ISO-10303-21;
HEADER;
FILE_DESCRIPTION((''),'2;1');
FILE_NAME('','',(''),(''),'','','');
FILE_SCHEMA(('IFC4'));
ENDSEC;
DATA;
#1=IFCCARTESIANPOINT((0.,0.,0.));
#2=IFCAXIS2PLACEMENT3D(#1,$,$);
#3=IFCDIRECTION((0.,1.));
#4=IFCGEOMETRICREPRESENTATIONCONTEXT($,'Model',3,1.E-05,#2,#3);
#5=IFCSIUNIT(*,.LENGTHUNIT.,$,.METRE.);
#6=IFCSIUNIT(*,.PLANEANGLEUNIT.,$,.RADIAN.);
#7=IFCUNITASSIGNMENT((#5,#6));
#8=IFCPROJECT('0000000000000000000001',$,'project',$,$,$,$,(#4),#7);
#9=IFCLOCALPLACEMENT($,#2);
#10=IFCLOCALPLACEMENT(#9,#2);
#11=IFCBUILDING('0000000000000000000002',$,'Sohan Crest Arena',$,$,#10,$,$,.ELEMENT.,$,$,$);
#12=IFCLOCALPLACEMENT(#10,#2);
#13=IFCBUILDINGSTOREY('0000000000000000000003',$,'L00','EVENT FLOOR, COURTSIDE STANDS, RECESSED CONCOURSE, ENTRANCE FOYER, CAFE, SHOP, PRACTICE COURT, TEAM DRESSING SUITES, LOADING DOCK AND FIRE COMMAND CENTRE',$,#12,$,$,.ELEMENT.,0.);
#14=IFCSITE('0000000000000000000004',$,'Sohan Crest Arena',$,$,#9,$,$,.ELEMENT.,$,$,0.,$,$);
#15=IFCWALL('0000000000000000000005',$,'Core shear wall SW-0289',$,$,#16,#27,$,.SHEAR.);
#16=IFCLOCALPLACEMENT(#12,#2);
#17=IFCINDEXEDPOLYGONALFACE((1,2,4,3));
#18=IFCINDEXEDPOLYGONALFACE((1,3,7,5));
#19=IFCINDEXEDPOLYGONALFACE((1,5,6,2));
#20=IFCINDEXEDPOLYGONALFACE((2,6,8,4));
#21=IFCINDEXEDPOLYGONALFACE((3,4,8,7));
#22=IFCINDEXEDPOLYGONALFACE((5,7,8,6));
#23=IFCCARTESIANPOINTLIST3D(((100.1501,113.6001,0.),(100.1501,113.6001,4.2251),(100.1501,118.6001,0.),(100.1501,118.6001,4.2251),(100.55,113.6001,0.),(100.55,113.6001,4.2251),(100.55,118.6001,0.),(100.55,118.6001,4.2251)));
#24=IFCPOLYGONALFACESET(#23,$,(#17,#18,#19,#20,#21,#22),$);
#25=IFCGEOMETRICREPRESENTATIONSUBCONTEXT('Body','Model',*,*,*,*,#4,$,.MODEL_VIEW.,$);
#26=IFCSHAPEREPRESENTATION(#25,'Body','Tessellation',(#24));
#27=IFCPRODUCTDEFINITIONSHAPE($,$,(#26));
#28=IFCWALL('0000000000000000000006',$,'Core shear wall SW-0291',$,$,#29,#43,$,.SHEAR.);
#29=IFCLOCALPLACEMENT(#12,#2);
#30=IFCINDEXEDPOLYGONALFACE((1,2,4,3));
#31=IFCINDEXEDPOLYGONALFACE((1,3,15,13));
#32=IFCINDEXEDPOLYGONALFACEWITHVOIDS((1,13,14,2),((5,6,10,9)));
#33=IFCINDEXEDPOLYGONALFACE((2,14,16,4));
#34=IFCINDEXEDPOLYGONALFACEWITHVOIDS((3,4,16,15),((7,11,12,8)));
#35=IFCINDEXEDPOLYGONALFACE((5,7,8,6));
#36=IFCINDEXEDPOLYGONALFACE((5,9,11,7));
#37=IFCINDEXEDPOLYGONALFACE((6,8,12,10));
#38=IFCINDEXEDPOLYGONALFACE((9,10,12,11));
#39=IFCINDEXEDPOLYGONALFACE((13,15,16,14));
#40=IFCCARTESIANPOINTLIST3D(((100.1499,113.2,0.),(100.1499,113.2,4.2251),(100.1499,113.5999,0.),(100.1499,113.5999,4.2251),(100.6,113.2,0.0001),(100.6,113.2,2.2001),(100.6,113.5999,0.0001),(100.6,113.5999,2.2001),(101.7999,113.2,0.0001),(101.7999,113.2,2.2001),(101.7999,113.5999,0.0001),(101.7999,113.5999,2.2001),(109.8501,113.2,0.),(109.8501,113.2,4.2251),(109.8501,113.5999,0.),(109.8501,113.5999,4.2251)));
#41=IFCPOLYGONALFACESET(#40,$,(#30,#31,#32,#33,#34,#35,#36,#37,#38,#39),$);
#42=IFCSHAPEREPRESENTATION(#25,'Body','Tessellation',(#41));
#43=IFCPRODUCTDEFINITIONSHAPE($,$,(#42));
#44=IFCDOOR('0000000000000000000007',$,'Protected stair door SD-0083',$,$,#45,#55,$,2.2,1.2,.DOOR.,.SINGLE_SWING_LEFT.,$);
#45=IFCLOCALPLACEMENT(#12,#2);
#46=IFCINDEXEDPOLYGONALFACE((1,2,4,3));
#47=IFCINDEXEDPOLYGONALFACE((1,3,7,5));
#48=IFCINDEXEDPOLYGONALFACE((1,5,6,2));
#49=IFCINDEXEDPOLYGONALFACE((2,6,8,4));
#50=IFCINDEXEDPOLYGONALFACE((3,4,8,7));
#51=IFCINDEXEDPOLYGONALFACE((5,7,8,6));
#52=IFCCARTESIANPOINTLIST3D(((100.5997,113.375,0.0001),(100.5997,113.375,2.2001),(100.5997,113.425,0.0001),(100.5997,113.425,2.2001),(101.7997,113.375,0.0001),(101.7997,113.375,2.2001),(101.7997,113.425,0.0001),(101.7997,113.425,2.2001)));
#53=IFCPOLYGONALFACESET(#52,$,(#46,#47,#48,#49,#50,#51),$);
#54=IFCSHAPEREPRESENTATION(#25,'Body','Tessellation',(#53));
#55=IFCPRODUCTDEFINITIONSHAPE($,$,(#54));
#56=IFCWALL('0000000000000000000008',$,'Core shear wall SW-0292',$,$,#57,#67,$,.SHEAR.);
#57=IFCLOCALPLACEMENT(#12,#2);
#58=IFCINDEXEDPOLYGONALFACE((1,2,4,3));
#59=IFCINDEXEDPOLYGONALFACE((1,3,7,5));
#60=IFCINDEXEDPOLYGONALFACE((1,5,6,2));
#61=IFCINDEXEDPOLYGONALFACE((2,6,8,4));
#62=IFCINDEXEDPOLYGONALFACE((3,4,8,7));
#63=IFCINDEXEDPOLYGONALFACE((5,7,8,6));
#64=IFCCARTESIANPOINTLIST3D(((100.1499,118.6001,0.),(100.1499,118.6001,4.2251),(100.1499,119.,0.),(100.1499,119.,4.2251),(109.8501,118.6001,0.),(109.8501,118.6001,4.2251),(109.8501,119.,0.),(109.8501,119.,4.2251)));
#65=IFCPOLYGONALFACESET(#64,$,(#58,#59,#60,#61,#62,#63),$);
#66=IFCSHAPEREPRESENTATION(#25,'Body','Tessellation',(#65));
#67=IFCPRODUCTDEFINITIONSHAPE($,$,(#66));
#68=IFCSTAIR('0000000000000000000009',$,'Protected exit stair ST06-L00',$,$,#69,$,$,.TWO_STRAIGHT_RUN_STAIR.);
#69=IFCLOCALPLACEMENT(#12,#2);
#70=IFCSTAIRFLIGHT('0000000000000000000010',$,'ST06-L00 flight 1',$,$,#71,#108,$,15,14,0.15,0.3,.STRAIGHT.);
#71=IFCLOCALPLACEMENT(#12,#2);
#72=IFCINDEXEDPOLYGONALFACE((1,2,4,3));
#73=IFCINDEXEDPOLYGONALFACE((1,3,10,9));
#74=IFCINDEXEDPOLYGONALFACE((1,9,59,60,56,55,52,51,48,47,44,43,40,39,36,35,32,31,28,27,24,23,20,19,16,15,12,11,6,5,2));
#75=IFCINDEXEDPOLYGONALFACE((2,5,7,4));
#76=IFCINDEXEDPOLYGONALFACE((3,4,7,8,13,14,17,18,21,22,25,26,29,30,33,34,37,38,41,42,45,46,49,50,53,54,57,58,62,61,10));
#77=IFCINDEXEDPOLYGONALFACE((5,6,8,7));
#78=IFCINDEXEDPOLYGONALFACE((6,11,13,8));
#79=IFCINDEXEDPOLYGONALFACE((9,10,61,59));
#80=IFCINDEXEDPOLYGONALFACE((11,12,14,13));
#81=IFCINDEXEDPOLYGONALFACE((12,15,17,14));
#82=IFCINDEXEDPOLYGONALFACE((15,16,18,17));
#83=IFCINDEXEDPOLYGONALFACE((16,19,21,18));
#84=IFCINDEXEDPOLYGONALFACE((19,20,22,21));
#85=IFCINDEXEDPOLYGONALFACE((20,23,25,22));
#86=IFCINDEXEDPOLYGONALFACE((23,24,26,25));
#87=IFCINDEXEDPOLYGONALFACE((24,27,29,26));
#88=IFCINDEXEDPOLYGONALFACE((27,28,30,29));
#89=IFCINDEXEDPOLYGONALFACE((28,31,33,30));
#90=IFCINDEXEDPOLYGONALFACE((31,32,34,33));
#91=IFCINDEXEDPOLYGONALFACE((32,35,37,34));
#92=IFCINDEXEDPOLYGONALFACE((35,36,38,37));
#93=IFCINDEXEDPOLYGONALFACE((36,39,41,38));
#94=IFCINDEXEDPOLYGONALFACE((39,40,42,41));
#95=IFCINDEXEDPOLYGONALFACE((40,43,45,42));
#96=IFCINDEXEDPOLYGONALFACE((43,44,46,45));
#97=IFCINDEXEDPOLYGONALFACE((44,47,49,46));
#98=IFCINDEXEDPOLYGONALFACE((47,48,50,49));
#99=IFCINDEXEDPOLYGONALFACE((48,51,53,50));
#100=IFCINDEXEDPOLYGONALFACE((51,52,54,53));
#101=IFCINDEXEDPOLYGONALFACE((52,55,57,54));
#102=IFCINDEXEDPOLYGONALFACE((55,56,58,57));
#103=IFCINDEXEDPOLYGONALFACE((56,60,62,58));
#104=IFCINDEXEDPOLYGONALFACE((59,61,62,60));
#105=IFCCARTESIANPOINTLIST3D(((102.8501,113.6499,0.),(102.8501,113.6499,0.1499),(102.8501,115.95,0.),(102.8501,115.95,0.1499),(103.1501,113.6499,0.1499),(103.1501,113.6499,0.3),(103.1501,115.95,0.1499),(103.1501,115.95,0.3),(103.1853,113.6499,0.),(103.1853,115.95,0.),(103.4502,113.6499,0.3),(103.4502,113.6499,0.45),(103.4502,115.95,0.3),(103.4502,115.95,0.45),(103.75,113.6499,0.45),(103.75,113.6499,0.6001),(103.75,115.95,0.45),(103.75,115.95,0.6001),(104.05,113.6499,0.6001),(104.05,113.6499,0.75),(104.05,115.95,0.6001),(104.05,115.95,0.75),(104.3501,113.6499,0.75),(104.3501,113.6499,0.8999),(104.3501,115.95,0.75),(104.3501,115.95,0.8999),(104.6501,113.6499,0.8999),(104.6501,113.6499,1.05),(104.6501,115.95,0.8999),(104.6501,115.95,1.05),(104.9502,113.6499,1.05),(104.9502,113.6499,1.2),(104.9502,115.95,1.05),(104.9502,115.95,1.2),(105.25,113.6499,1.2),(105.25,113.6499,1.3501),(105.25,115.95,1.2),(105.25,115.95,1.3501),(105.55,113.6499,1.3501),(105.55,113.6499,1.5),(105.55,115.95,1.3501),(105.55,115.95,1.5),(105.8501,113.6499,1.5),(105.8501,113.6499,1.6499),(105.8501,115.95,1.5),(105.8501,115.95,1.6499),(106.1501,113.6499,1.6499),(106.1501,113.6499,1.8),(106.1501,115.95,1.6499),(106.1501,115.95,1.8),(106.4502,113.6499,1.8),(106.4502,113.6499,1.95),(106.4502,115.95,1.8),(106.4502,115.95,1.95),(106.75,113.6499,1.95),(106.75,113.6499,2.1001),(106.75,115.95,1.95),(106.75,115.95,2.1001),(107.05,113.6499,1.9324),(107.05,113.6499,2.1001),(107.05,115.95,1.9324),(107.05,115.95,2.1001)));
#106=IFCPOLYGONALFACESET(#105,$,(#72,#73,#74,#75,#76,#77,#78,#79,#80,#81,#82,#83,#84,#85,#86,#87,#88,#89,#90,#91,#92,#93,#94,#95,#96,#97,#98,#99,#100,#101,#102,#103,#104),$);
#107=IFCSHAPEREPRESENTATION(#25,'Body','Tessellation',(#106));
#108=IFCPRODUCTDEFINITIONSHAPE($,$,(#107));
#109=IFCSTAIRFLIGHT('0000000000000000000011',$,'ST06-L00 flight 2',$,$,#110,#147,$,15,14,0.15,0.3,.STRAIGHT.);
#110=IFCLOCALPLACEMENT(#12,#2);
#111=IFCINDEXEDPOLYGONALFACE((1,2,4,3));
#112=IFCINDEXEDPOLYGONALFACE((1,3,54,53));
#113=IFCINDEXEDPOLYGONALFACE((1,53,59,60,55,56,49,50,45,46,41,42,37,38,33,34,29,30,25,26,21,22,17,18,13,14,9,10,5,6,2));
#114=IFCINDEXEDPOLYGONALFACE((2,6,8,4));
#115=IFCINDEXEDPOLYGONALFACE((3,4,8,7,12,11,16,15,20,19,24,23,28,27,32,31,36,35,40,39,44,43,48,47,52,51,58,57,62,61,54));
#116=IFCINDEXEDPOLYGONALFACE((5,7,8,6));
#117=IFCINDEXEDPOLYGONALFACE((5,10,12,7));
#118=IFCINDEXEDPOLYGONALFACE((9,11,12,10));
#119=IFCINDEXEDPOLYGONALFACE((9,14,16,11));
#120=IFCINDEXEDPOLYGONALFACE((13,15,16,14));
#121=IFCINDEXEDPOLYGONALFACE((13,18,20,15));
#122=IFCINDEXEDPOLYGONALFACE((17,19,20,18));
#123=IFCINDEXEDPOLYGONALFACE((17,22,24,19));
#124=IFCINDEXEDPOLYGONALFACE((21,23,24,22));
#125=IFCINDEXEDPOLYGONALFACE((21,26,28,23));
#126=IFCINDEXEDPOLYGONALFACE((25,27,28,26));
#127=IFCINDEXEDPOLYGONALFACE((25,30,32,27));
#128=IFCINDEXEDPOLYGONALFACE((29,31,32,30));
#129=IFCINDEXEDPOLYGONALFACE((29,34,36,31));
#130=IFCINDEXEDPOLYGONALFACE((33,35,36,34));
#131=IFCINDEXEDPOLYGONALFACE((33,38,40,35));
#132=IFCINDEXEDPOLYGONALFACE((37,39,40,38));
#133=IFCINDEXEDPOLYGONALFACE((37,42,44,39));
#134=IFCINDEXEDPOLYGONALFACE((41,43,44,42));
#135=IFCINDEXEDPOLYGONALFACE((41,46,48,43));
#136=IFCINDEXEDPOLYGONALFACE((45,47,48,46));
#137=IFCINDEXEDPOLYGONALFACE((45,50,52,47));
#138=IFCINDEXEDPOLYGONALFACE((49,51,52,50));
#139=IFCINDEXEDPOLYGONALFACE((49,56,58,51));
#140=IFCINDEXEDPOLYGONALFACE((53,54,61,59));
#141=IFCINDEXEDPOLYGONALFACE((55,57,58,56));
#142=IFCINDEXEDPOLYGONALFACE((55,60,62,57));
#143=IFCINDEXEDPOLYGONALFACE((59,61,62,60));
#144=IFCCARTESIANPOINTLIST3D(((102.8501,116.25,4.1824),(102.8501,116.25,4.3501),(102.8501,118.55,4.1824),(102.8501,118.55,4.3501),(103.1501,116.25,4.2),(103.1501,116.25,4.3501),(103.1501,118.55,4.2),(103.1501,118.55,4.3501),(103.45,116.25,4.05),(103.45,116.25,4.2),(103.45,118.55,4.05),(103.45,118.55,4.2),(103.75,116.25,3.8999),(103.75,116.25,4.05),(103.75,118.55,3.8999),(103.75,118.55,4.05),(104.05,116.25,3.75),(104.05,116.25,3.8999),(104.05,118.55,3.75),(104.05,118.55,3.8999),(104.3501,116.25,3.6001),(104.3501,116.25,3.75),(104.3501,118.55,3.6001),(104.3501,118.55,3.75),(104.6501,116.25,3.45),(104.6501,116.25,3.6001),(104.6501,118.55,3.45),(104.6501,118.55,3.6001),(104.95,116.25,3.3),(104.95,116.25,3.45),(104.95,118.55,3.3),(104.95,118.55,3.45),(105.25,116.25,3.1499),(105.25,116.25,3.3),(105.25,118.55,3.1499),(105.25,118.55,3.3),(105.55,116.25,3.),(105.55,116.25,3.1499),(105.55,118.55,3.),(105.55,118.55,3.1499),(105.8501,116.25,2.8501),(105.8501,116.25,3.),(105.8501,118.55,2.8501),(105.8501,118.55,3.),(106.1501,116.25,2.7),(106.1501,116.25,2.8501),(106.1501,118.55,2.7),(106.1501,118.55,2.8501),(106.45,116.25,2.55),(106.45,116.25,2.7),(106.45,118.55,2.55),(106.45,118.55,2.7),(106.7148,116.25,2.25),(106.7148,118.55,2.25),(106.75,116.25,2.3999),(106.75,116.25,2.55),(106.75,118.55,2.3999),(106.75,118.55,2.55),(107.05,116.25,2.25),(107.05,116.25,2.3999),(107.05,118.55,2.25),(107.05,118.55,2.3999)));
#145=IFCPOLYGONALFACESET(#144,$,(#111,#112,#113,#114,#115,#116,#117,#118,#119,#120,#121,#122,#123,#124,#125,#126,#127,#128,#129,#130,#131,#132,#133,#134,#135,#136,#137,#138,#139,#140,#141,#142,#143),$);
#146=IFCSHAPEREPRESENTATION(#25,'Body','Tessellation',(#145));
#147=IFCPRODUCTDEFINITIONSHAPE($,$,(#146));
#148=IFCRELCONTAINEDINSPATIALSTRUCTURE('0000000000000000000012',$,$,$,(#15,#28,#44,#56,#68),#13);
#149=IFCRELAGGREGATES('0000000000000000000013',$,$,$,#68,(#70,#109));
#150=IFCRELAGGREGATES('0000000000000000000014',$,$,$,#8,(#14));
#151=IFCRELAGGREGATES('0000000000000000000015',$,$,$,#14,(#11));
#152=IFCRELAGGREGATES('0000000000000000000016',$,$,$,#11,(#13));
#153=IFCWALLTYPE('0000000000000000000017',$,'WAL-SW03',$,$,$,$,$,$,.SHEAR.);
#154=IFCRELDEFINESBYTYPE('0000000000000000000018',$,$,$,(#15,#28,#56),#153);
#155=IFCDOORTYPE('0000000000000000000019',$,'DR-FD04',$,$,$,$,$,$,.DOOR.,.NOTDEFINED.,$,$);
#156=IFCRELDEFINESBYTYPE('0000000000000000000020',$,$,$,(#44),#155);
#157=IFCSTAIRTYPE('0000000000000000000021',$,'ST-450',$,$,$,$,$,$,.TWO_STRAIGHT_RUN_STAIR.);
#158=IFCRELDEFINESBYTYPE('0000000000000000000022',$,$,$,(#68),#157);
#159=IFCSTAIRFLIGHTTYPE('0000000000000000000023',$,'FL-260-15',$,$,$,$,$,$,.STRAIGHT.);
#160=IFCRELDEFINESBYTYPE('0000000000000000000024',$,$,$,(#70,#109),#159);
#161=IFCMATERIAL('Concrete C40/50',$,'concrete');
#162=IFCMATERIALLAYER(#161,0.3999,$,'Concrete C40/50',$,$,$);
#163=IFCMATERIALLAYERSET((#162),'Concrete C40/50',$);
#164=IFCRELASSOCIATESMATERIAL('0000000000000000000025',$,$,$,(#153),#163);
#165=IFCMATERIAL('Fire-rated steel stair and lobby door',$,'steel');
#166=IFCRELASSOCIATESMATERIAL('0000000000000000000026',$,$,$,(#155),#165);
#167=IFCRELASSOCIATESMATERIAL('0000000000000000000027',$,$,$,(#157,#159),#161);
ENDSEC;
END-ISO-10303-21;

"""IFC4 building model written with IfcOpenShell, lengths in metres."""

from ifc_helpers import new_model, si_unit, direction, frame, frame_2d, origin, place, context, subcontext, project, spatial, polyline, rectangle, outline, extrude, material, layer, layer_set, type_object, element, fill, aggregate, save


model = new_model("IFC4")

# Units and contexts
model_context = context("Model", 3, precision=1e-05, world=origin(), true_north=direction((0.0, 1.0)))
body_context = subcontext(model_context, "Body", "Model", "MODEL_VIEW")
ifc_project = project(units=[si_unit("LENGTHUNIT", "METRE"), si_unit("PLANEANGLEUNIT", "RADIAN")], contexts=[model_context])

# Site, building, storey
site_placement = place(None, origin())
site = spatial("IfcSite", under=ifc_project, at=site_placement, Name="Sohan Crest Arena", CompositionType="ELEMENT", RefElevation=0.0)
building_placement = place(site_placement, origin())
building = spatial("IfcBuilding", under=site, at=building_placement, Name="Sohan Crest Arena", CompositionType="ELEMENT")
storey_placement = place(building_placement, origin())
storey = spatial("IfcBuildingStorey", under=building, at=storey_placement, Name="L00", Description="EVENT FLOOR, COURTSIDE STANDS, RECESSED CONCOURSE, ENTRANCE FOYER, CAFE, SHOP, PRACTICE COURT, TEAM DRESSING SUITES, LOADING DOCK AND FIRE COMMAND CENTRE", CompositionType="ELEMENT", Elevation=0.0)

# Shared definitions
ifc_material_1 = material(Name="Concrete C40/50", Category="concrete")

# Wall
ifc_layer_1 = layer(ifc_material_1, 0.3999, Name="Concrete C40/50")
ifc_layer_set_1 = layer_set([ifc_layer_1], Name="Concrete C40/50")
wall_type_1 = type_object("IfcWallType", Name="WAL-SW03", PredefinedType="SHEAR", material=ifc_layer_set_1)
wall_1_placement = place(storey_placement, frame((100.3501, 113.6001, 0.0), z_axis=(0.0, 0.0, 1.0), x_axis=(0.0, 1.0, 0.0)))
element("IfcWall", 1, at=wall_1_placement, inside=storey, type_object=wall_type_1, Name="Core shear wall SW-0289", PredefinedType="SHEAR", context=body_context, shape_type="SweptSolid", body=[
    extrude(rectangle(XDim=5.0, YDim=0.3999, at=frame_2d((2.5, 0.0))), origin(), (0.0, 0.0, 1.0), 4.2251),
])

# Wall, opening, door
wall_2_placement = place(storey_placement, frame((100.1499, 113.3999, 0.0), z_axis=(0.0, 0.0, 1.0), x_axis=(1.0, 0.0, 0.0)))
wall_2 = element("IfcWall", 2, at=wall_2_placement, inside=storey, type_object=wall_type_1, Name="Core shear wall SW-0291", PredefinedType="SHEAR", context=body_context, shape_type="SweptSolid", body=[
    extrude(rectangle(XDim=9.7002, YDim=0.3999, at=frame_2d((4.8501, 0.0))), origin(), (0.0, 0.0, 1.0), 4.2251),
])
opening_placement = place(wall_2_placement, frame((0.45, 0.0, 0.0)))
opening = element("IfcOpeningElement", 3, at=opening_placement, cuts=wall_2, PredefinedType="OPENING", context=body_context, shape_type="SweptSolid", body=[
    extrude(rectangle(XDim=1.2, YDim=2.2, at=frame_2d((0.6001, 1.1001))), frame((0.0, 0.21, 0.0), z_axis=(0.0, -1.0, 0.0), x_axis=(1.0, 0.0, 0.0)), (0.0, 0.0, 1.0), 0.4199),
])
ifc_material_2 = material(Name="Fire-rated steel stair and lobby door", Category="steel")
door_type = type_object("IfcDoorType", Name="DR-FD04", OperationType="NOTDEFINED", PredefinedType="DOOR", material=ifc_material_2)
door_placement = place(opening_placement, frame((1.2, 0.0, 0.0), z_axis=(0.0, 0.0, 1.0), x_axis=(-1.0, 0.0, 0.0)))
door = element("IfcDoor", 4, at=door_placement, inside=storey, type_object=door_type, Name="Protected stair door SD-0083", OperationType="SINGLE_SWING_LEFT", OverallHeight=2.2, OverallWidth=1.2, PredefinedType="DOOR", context=body_context, shape_type="SweptSolid", body=[
    extrude(rectangle(XDim=1.2, YDim=2.2, at=frame_2d((0.6001, 1.1001))), frame((0.0, 0.0249, 0.0), z_axis=(0.0, -1.0, 0.0), x_axis=(1.0, 0.0, 0.0)), (0.0, 0.0, 1.0), 0.05),
])
fill(opening, door)

# Wall
wall_3_placement = place(storey_placement, frame((100.1499, 118.8, 0.0), z_axis=(0.0, 0.0, 1.0), x_axis=(1.0, 0.0, 0.0)))
element("IfcWall", 5, at=wall_3_placement, inside=storey, type_object=wall_type_1, Name="Core shear wall SW-0292", PredefinedType="SHEAR", context=body_context, shape_type="SweptSolid", body=[
    extrude(rectangle(XDim=9.7002, YDim=0.3999, at=frame_2d((4.8501, 0.0))), origin(), (0.0, 0.0, 1.0), 4.2251),
])

# Stair, stair flights
stair_type = type_object("IfcStairType", Name="ST-450", PredefinedType="TWO_STRAIGHT_RUN_STAIR", material=ifc_material_1)
stair_placement = place(storey_placement, origin())
stair = element("IfcStair", 6, at=stair_placement, inside=storey, type_object=stair_type, Name="Protected exit stair ST06-L00", PredefinedType="TWO_STRAIGHT_RUN_STAIR")
stair_flight_type = type_object("IfcStairFlightType", Name="FL-260-15", PredefinedType="STRAIGHT", material=ifc_material_1)
stair_flight_1_placement = place(storey_placement, frame((102.8501, 114.8, 0.0), z_axis=(0.0, 0.0, 1.0), x_axis=(1.0, 0.0, 0.0)))
stair_flight_1 = element("IfcStairFlight", 7, at=stair_flight_1_placement, type_object=stair_flight_type, Name="ST06-L00 flight 1", NumberOfRisers=15, NumberOfTreads=14, PredefinedType="STRAIGHT", RiserHeight=0.15, TreadLength=0.3, context=body_context, shape_type="SweptSolid", body=[
    extrude(outline(polyline([(0.0, 0.0), (0.0, 0.1499), (0.3, 0.1499), (0.3, 0.3), (0.6001, 0.3), (0.6001, 0.45), (0.8999, 0.45), (0.8999, 0.6001), (1.2, 0.6001), (1.2, 0.75), (1.5, 0.75), (1.5, 0.8999), (1.8, 0.8999), (1.8, 1.05), (2.1001, 1.05), (2.1001, 1.2), (2.3999, 1.2), (2.3999, 1.3501), (2.7, 1.3501), (2.7, 1.5), (3.0, 1.5), (3.0, 1.6499), (3.3, 1.6499), (3.3, 1.8), (3.6001, 1.8), (3.6001, 1.95), (3.8999, 1.95), (3.8999, 2.1001), (4.2, 2.1001), (4.2, 2.25), (4.2, 1.9324), (0.3352, 0.0), (0.0, 0.0)])), frame((0.0, 1.1499, 0.0), z_axis=(0.0, -1.0, 0.0), x_axis=(1.0, 0.0, 0.0)), (0.0, 0.0, 1.0), 2.3),
])
stair_flight_2_placement = place(storey_placement, frame((107.05, 117.3999, 2.25), z_axis=(0.0, 0.0, 1.0), x_axis=(-1.0, 0.0, 0.0)))
stair_flight_2 = element("IfcStairFlight", 8, at=stair_flight_2_placement, type_object=stair_flight_type, Name="ST06-L00 flight 2", NumberOfRisers=15, NumberOfTreads=14, PredefinedType="STRAIGHT", RiserHeight=0.15, TreadLength=0.3, context=body_context, shape_type="SweptSolid", body=[
    extrude(outline(polyline([(0.0, 0.0), (0.0, 0.1499), (0.3, 0.1499), (0.3, 0.3), (0.6001, 0.3), (0.6001, 0.45), (0.8999, 0.45), (0.8999, 0.6001), (1.2, 0.6001), (1.2, 0.75), (1.5, 0.75), (1.5, 0.8999), (1.8, 0.8999), (1.8, 1.05), (2.1001, 1.05), (2.1001, 1.2), (2.3999, 1.2), (2.3999, 1.3501), (2.7, 1.3501), (2.7, 1.5), (3.0, 1.5), (3.0, 1.6499), (3.3, 1.6499), (3.3, 1.8), (3.6001, 1.8), (3.6001, 1.95), (3.8999, 1.95), (3.8999, 2.1001), (4.2, 2.1001), (4.2, 2.25), (4.2, 1.9324), (0.3352, 0.0), (0.0, 0.0)])), frame((0.0, 1.1499, 0.0), z_axis=(0.0, -1.0, 0.0), x_axis=(1.0, 0.0, 0.0)), (0.0, 0.0, 1.0), 2.3),
])
aggregate(stair, [stair_flight_1, stair_flight_2])

save(model, "model.ifc")
